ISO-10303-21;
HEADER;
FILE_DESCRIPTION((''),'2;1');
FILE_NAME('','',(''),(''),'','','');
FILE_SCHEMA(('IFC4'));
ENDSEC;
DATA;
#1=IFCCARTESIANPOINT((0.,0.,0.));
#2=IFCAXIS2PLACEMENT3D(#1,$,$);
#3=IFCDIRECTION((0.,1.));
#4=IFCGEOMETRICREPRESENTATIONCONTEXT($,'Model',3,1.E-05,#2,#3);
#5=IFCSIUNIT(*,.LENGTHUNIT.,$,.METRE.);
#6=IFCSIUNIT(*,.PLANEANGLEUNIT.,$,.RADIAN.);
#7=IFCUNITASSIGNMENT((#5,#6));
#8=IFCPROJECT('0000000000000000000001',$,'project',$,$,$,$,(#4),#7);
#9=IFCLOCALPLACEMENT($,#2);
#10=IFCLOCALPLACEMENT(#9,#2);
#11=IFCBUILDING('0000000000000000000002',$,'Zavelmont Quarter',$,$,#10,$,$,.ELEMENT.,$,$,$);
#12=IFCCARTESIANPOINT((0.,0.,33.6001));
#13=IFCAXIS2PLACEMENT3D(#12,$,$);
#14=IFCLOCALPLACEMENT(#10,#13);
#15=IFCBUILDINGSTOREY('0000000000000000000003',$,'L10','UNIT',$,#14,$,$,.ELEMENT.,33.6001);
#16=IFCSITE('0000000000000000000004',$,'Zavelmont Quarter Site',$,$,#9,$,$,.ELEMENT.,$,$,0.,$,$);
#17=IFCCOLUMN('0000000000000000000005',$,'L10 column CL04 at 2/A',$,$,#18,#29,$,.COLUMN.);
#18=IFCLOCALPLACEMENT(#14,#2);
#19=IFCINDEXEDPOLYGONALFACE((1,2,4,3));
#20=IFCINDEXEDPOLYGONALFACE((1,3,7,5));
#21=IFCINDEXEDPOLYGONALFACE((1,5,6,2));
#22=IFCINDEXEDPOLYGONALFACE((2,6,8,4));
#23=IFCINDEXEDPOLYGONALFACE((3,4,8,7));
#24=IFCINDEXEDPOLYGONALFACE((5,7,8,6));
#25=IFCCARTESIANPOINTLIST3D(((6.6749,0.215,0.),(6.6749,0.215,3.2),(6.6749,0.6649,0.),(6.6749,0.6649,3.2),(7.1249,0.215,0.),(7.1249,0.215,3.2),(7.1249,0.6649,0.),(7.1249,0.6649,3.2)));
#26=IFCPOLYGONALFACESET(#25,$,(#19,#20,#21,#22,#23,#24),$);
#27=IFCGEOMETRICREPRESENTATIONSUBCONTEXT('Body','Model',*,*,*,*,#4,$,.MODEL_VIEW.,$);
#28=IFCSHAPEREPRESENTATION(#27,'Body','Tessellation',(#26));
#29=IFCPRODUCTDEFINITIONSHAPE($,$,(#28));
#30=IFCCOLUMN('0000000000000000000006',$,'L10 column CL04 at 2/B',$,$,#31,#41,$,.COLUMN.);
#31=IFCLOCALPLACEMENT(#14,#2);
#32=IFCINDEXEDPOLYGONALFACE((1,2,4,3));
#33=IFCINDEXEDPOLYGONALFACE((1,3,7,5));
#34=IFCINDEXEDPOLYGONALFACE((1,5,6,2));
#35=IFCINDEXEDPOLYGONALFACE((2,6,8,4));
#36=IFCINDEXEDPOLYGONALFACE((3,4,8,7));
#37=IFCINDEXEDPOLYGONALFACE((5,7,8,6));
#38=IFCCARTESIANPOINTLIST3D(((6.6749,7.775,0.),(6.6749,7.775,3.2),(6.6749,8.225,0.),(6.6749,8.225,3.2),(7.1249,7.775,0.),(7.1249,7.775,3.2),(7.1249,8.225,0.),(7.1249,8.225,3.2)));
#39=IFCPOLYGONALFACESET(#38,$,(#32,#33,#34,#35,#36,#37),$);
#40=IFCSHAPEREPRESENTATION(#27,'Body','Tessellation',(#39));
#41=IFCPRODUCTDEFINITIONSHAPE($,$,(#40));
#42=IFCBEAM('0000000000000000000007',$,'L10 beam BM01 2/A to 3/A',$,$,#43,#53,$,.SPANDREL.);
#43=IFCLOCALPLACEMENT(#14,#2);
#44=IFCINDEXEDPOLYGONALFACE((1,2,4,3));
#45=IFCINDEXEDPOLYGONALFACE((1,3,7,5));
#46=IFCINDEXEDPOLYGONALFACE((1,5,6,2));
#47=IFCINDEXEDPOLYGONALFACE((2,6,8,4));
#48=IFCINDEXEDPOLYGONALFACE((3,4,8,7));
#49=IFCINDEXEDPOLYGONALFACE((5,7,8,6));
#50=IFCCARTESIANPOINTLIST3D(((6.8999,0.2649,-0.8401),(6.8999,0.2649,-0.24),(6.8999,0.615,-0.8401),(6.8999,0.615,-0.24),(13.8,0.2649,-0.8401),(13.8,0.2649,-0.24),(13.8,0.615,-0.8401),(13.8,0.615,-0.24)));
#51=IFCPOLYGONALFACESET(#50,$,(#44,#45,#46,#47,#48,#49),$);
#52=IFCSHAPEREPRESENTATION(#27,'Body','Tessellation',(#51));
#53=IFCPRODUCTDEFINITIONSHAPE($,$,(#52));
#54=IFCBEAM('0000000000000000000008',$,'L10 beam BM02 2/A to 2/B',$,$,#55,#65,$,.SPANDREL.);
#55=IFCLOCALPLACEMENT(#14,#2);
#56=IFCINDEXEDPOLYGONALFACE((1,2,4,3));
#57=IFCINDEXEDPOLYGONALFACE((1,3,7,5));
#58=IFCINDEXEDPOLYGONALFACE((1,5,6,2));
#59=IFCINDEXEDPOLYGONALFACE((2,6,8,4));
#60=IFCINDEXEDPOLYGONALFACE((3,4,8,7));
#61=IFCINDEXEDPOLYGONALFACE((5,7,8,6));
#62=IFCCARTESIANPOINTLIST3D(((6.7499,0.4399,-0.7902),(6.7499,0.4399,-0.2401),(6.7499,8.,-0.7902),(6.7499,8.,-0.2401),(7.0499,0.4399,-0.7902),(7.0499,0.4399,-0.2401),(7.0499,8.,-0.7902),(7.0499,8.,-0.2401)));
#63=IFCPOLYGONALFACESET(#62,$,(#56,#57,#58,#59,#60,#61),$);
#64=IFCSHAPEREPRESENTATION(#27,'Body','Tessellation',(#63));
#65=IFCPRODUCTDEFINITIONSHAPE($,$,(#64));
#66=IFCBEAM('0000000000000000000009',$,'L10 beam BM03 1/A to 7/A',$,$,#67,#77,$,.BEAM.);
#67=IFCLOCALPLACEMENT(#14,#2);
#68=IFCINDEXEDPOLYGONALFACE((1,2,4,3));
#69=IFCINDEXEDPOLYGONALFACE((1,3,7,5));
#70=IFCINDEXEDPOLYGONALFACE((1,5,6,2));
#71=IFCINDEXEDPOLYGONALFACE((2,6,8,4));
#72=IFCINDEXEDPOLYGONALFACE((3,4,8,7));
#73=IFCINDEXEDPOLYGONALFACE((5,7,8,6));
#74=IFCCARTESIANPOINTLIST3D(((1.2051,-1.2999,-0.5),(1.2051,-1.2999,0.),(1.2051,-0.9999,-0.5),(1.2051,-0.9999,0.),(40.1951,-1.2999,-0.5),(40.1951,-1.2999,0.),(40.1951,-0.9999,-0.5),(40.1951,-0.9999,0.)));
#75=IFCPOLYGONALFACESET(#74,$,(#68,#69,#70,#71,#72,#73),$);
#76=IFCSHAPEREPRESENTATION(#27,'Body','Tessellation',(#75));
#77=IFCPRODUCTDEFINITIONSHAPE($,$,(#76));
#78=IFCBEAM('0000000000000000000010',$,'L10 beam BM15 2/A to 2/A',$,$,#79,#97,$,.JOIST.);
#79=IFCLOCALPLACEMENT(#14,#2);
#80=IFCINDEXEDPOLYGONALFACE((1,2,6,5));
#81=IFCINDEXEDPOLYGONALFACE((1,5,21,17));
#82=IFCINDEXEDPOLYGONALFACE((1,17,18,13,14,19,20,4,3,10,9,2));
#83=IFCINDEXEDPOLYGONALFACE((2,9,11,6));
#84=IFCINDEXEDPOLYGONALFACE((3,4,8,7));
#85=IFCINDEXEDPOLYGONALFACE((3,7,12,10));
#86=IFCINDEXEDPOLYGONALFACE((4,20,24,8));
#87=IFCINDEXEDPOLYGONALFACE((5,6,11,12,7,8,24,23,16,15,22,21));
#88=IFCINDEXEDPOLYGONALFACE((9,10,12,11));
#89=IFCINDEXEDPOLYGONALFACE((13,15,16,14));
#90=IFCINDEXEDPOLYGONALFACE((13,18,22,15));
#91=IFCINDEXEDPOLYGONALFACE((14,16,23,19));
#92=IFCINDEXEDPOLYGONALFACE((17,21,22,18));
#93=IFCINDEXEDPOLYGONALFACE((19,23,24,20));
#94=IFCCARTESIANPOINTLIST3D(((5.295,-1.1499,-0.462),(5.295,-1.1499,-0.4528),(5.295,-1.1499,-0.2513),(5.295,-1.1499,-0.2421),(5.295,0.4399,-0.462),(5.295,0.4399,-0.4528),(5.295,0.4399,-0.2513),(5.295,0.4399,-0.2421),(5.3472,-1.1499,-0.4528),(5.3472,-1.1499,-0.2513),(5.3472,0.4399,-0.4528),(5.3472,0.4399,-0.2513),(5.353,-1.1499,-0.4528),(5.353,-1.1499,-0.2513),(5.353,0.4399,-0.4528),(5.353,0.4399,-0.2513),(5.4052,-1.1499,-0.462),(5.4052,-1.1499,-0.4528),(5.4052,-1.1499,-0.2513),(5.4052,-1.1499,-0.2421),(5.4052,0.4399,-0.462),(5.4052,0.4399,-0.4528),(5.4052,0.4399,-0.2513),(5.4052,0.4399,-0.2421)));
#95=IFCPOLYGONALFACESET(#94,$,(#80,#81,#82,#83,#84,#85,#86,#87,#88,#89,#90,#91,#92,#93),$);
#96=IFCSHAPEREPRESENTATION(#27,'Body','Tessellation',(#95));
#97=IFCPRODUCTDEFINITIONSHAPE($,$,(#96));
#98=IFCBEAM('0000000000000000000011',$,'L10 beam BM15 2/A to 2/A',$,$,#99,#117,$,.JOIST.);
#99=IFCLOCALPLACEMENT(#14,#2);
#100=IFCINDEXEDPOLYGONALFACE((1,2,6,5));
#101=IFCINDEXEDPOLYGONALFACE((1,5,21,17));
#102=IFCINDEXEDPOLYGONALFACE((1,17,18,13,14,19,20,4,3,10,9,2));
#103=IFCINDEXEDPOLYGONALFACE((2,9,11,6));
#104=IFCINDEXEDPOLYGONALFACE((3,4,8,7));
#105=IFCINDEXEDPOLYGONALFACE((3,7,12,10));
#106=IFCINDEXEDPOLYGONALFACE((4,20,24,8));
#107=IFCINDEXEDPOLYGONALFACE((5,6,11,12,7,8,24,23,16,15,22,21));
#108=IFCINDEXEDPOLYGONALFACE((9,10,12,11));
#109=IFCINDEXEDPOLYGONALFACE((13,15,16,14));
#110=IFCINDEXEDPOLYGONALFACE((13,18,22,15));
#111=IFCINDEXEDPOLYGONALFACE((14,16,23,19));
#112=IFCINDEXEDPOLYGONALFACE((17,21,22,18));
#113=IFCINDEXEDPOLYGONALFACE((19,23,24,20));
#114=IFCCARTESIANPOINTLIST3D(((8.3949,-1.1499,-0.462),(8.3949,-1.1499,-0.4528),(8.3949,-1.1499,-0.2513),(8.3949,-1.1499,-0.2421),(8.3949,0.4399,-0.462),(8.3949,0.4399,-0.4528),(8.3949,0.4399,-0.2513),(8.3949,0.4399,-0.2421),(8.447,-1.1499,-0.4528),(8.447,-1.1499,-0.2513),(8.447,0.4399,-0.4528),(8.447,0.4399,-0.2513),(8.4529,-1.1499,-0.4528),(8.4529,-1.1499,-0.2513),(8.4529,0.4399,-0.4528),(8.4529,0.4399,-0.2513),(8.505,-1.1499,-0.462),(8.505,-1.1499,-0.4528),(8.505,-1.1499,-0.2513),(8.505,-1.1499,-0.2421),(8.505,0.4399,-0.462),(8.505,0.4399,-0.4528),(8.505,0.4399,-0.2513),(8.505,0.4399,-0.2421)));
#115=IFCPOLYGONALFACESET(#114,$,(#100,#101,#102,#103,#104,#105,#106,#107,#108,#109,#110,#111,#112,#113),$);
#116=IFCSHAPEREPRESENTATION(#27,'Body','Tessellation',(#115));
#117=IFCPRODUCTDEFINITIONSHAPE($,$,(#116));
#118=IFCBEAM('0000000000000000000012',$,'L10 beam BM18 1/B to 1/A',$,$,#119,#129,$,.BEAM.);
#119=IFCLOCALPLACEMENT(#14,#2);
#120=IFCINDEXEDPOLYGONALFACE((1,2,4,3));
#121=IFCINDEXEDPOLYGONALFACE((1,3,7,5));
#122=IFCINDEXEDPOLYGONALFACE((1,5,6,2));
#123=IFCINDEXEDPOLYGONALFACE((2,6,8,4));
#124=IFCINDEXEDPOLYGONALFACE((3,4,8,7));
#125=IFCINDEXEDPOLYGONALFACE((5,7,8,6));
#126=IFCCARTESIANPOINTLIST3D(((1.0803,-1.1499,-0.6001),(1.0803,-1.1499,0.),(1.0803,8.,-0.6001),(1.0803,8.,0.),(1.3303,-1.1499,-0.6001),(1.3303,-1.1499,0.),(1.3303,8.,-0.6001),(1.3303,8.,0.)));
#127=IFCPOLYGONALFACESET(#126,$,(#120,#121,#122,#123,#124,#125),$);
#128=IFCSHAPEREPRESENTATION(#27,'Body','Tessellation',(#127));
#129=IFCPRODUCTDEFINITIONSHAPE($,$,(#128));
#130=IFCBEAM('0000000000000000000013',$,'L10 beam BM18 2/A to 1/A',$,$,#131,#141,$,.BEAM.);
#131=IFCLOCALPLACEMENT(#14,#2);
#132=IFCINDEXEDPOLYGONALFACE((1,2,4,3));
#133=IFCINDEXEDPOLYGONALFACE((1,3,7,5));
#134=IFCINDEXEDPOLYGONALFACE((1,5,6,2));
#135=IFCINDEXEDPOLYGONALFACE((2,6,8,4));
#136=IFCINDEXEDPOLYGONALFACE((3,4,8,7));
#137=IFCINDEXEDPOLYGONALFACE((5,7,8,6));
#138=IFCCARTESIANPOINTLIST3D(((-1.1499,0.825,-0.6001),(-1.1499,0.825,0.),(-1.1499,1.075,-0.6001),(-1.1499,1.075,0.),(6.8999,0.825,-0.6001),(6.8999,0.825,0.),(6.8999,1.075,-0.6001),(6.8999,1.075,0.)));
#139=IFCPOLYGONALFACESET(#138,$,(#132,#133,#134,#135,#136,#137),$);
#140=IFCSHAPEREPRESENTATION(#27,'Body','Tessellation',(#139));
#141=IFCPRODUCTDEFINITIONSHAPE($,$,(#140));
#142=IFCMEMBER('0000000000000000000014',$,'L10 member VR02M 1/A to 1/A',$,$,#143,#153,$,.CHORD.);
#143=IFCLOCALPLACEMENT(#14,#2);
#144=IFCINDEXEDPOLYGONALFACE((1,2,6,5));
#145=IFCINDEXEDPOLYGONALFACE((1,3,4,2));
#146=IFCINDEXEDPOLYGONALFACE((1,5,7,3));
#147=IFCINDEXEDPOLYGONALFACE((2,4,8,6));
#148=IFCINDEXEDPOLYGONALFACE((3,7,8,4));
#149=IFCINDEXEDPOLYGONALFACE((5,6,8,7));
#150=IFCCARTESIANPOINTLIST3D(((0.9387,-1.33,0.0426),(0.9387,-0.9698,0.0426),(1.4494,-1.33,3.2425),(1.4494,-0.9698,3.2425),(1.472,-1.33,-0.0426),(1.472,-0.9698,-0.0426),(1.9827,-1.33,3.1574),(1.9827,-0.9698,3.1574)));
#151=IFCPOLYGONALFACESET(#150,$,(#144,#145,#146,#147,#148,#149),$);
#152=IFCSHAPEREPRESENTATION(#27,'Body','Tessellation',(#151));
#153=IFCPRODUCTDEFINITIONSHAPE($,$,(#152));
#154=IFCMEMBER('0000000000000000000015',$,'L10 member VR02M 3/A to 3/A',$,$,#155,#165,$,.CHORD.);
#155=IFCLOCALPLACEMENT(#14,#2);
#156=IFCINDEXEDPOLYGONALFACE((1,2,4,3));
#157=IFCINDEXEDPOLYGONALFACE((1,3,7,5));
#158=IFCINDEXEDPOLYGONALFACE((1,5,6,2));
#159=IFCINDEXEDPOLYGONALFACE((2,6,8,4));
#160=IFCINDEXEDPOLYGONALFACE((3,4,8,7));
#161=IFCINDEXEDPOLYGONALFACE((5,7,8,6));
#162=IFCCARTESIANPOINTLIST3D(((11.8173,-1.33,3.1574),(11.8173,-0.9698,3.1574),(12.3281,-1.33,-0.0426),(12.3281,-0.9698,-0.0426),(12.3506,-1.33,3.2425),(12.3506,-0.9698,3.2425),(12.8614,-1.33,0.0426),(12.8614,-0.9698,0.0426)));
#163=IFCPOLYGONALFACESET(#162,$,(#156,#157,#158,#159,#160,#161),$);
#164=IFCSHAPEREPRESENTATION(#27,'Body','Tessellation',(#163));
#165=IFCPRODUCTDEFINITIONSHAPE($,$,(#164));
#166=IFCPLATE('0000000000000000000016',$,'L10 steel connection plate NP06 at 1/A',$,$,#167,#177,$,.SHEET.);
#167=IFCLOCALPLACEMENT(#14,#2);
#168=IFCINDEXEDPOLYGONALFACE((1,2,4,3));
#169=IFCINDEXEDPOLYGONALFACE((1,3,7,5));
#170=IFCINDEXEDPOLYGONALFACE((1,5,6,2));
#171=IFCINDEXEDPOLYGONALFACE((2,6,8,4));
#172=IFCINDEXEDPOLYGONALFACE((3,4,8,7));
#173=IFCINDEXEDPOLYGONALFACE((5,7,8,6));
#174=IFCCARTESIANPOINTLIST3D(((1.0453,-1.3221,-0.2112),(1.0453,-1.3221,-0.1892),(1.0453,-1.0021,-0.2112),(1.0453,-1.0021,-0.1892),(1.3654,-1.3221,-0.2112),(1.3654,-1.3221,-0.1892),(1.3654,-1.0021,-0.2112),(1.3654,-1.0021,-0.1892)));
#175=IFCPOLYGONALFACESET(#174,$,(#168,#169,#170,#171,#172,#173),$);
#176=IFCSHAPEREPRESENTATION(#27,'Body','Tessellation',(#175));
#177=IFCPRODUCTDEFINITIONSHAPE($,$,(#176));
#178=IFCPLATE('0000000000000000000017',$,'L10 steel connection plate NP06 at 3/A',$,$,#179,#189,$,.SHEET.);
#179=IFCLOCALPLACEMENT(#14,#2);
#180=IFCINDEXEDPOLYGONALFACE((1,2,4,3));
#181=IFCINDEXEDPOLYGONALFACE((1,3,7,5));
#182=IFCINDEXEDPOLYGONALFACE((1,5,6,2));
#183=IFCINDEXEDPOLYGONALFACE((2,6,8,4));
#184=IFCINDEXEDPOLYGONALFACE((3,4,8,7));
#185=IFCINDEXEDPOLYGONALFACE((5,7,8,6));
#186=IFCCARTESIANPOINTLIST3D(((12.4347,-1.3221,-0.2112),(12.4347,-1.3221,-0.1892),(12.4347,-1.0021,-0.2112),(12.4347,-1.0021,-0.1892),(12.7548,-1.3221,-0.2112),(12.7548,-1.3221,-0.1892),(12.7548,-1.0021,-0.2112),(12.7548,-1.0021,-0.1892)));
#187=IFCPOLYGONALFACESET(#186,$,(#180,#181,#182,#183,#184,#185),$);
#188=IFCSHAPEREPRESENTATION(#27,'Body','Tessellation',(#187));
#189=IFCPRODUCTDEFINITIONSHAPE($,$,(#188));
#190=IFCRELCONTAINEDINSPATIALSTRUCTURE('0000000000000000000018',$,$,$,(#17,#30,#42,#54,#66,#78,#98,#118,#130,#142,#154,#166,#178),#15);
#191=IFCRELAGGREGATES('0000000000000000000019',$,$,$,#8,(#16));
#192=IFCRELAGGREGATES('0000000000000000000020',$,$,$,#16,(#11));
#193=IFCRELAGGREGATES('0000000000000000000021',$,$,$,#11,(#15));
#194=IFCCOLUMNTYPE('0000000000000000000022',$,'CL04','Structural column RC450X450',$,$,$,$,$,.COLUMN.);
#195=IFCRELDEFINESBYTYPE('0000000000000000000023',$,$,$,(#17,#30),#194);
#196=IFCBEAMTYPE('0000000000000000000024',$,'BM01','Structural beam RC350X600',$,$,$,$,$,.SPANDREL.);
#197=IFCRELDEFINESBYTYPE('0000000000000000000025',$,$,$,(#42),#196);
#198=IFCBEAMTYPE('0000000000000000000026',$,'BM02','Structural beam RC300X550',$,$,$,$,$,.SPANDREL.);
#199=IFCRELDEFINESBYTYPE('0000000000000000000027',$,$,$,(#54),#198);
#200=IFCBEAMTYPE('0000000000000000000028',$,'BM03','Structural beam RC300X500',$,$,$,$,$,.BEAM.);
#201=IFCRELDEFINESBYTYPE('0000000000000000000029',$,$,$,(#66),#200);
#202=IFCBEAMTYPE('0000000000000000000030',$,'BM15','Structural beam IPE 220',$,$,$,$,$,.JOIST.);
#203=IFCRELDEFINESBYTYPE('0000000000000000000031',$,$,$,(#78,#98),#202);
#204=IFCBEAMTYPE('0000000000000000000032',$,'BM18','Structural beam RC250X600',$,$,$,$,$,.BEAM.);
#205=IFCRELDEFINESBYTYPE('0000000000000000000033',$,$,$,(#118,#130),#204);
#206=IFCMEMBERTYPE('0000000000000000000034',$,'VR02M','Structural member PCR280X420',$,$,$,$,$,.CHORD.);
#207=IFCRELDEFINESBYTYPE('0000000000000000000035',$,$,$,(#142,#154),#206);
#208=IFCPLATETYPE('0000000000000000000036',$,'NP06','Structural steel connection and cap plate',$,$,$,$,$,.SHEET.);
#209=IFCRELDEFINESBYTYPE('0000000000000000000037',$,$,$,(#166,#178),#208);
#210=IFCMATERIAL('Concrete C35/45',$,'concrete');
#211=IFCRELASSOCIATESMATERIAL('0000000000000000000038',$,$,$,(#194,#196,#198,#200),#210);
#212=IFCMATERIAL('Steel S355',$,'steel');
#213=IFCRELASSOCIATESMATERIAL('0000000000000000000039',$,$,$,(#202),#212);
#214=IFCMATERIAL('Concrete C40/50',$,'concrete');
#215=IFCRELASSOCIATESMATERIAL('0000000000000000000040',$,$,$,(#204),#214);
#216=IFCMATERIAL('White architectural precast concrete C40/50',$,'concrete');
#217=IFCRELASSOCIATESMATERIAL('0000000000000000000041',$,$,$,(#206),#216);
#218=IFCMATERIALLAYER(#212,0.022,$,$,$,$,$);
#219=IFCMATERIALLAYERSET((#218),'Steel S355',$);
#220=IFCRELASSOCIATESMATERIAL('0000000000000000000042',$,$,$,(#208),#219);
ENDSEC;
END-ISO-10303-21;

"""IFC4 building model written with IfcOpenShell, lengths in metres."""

from ifc_helpers import new_model, si_unit, direction, frame, origin, origin_2d, place, context, subcontext, project, spatial, rectangle, i_section, extrude, material, layer, layer_set, material_profile, profile_set, type_object, element, save


model = new_model("IFC4")

# Units and contexts
model_context = context("Model", 3, precision=1e-05, world=origin(), true_north=direction((0.0, 1.0)))
body_context = subcontext(model_context, "Body", "Model", "MODEL_VIEW")
ifc_project = project(units=[si_unit("LENGTHUNIT", "METRE"), si_unit("PLANEANGLEUNIT", "RADIAN")], contexts=[model_context])

# Site, building, storey
site_placement = place(None, origin())
site = spatial("IfcSite", under=ifc_project, at=site_placement, Name="Zavelmont Quarter Site", CompositionType="ELEMENT", RefElevation=0.0)
building_placement = place(site_placement, origin())
building = spatial("IfcBuilding", under=site, at=building_placement, Name="Zavelmont Quarter", CompositionType="ELEMENT")
storey_placement = place(building_placement, frame((0.0, 0.0, 33.6001)))
storey = spatial("IfcBuildingStorey", under=building, at=storey_placement, Name="L10", Description="UNIT", CompositionType="ELEMENT", Elevation=33.6001)

# Columns
ifc_material_1 = material(Name="Concrete C35/45", Category="concrete")
ifc_material_profile_1 = material_profile(ifc_material_1, rectangle(XDim=0.45, YDim=0.45, at=origin_2d()), Name="RC450X450")
ifc_profile_set_1 = profile_set([ifc_material_profile_1], Name="Concrete C35/45")
column_type = type_object("IfcColumnType", Name="CL04", Description="Structural column RC450X450", PredefinedType="COLUMN", material=ifc_profile_set_1)
for number, where, z_axis, x_axis, name in (
    (1, (6.8999, 0.4399, 0.0), (0.0, 0.0, 1.0), (1.0, 0.0, 0.0), "L10 column CL04 at 2/A"),
    (2, (6.8999, 8.0, 0.0), (0.0, 0.0, 1.0), (1.0, 0.0, 0.0), "L10 column CL04 at 2/B"),
):
    element("IfcColumn", number, at=place(storey_placement, frame(where, z_axis=z_axis, x_axis=x_axis)), inside=storey, type_object=column_type, Name=name, PredefinedType="COLUMN", context=body_context, shape_type="SweptSolid", body=[
        extrude(rectangle(XDim=0.45, YDim=0.45, at=origin_2d()), origin(), (0.0, 0.0, 1.0), 3.2),
    ])

# Beams
ifc_material_profile_2 = material_profile(ifc_material_1, rectangle(XDim=0.3501, YDim=0.6001, at=origin_2d()), Name="RC350X600")
ifc_profile_set_2 = profile_set([ifc_material_profile_2], Name="Concrete C35/45")
beam_type_1 = type_object("IfcBeamType", Name="BM01", Description="Structural beam RC350X600", PredefinedType="SPANDREL", material=ifc_profile_set_2)
beam_1_placement = place(storey_placement, frame((6.8999, 0.4399, -0.54), z_axis=(1.0, 0.0, 0.0), x_axis=(0.0, 1.0, 0.0)))
element("IfcBeam", 3, at=beam_1_placement, inside=storey, type_object=beam_type_1, Name="L10 beam BM01 2/A to 3/A", PredefinedType="SPANDREL", context=body_context, shape_type="SweptSolid", body=[
    extrude(rectangle(XDim=0.3501, YDim=0.6001, at=origin_2d()), origin(), (0.0, 0.0, 1.0), 6.9001),
])
ifc_material_profile_3 = material_profile(ifc_material_1, rectangle(XDim=0.3, YDim=0.55, at=origin_2d()), Name="RC300X550")
ifc_profile_set_3 = profile_set([ifc_material_profile_3], Name="Concrete C35/45")
beam_type_2 = type_object("IfcBeamType", Name="BM02", Description="Structural beam RC300X550", PredefinedType="SPANDREL", material=ifc_profile_set_3)
beam_2_placement = place(storey_placement, frame((6.8999, 0.4399, -0.5151), z_axis=(0.0, 1.0, 0.0), x_axis=(-1.0, 0.0, 0.0)))
element("IfcBeam", 4, at=beam_2_placement, inside=storey, type_object=beam_type_2, Name="L10 beam BM02 2/A to 2/B", PredefinedType="SPANDREL", context=body_context, shape_type="SweptSolid", body=[
    extrude(rectangle(XDim=0.3, YDim=0.55, at=origin_2d()), origin(), (0.0, 0.0, 1.0), 7.5601),
])
ifc_material_profile_4 = material_profile(ifc_material_1, rectangle(XDim=0.3, YDim=0.5, at=origin_2d()), Name="RC300X500")
ifc_profile_set_4 = profile_set([ifc_material_profile_4], Name="Concrete C35/45")
beam_type_3 = type_object("IfcBeamType", Name="BM03", Description="Structural beam RC300X500", PredefinedType="BEAM", material=ifc_profile_set_4)
beam_3_placement = place(storey_placement, frame((1.2051, -1.1499, -0.25), z_axis=(1.0, 0.0, 0.0), x_axis=(0.0, 1.0, 0.0)))
element("IfcBeam", 5, at=beam_3_placement, inside=storey, type_object=beam_type_3, Name="L10 beam BM03 1/A to 7/A", PredefinedType="BEAM", context=body_context, shape_type="SweptSolid", body=[
    extrude(rectangle(XDim=0.3, YDim=0.5, at=origin_2d()), origin(), (0.0, 0.0, 1.0), 38.99),
])
ifc_material_2 = material(Name="Steel S355", Category="steel")
ifc_material_profile_5 = material_profile(ifc_material_2, i_section(OverallWidth=0.1101, OverallDepth=0.22, WebThickness=0.0059, FlangeThickness=0.0093, at=origin_2d()), Name="IPE 220")
ifc_profile_set_5 = profile_set([ifc_material_profile_5], Name="Steel S355")
beam_type_4 = type_object("IfcBeamType", Name="BM15", Description="Structural beam IPE 220", PredefinedType="JOIST", material=ifc_profile_set_5)
for number, where, z_axis, x_axis, name in (
    (6, (5.3501, 0.4399, -0.3521), (0.0, -1.0, 0.0), (1.0, 0.0, 0.0), "L10 beam BM15 2/A to 2/A"),
    (7, (8.45, 0.4399, -0.3521), (0.0, -1.0, 0.0), (1.0, 0.0, 0.0), "L10 beam BM15 2/A to 2/A"),
):
    element("IfcBeam", number, at=place(storey_placement, frame(where, z_axis=z_axis, x_axis=x_axis)), inside=storey, type_object=beam_type_4, Name=name, PredefinedType="JOIST", context=body_context, shape_type="SweptSolid", body=[
        extrude(i_section(OverallWidth=0.1101, OverallDepth=0.22, WebThickness=0.0059, FlangeThickness=0.0093, at=origin_2d()), origin(), (0.0, 0.0, 1.0), 1.5898),
    ])
ifc_material_3 = material(Name="Concrete C40/50", Category="concrete")
ifc_material_profile_6 = material_profile(ifc_material_3, rectangle(XDim=0.25, YDim=0.6001, at=origin_2d()), Name="RC250X600")
ifc_profile_set_6 = profile_set([ifc_material_profile_6], Name="Concrete C40/50")
beam_type_5 = type_object("IfcBeamType", Name="BM18", Description="Structural beam RC250X600", PredefinedType="BEAM", material=ifc_profile_set_6)
beam_4_placement = place(storey_placement, frame((1.2053, 8.0, -0.3), z_axis=(0.0, -1.0, 0.0), x_axis=(1.0, 0.0, 0.0)))
element("IfcBeam", 8, at=beam_4_placement, inside=storey, type_object=beam_type_5, Name="L10 beam BM18 1/B to 1/A", PredefinedType="BEAM", context=body_context, shape_type="SweptSolid", body=[
    extrude(rectangle(XDim=0.25, YDim=0.6001, at=origin_2d()), origin(), (0.0, 0.0, 1.0), 9.1499),
])
beam_5_placement = place(storey_placement, frame((6.8999, 0.95, -0.3), z_axis=(-1.0, 0.0, 0.0), x_axis=(0.0, -1.0, 0.0)))
element("IfcBeam", 9, at=beam_5_placement, inside=storey, type_object=beam_type_5, Name="L10 beam BM18 2/A to 1/A", PredefinedType="BEAM", context=body_context, shape_type="SweptSolid", body=[
    extrude(rectangle(XDim=0.25, YDim=0.6001, at=origin_2d()), origin(), (0.0, 0.0, 1.0), 8.0498),
])

# Members
ifc_material_4 = material(Name="White architectural precast concrete C40/50", Category="concrete")
ifc_material_profile_7 = material_profile(ifc_material_4, rectangle(XDim=0.3601, YDim=0.54, at=origin_2d()), Name="PCR280X420")
ifc_profile_set_7 = profile_set([ifc_material_profile_7], Name="White architectural precast concrete C40/50")
member_type = type_object("IfcMemberType", Name="VR02M", Description="Structural member PCR280X420", PredefinedType="CHORD", material=ifc_profile_set_7)
for number, where, z_axis, x_axis, name in (
    (10, (1.2053, -1.1499, 0.0), (0.157614, 0.0, 0.987501), (0.0, 1.0, 0.0), "L10 member VR02M 1/A to 1/A"),
    (11, (12.5947, -1.1499, 0.0), (-0.157614, 0.0, 0.987501), (0.0, -1.0, 0.0), "L10 member VR02M 3/A to 3/A"),
):
    element("IfcMember", number, at=place(storey_placement, frame(where, z_axis=z_axis, x_axis=x_axis)), inside=storey, type_object=member_type, Name=name, PredefinedType="CHORD", context=body_context, shape_type="SweptSolid", body=[
        extrude(rectangle(XDim=0.3601, YDim=0.54, at=origin_2d()), origin(), (0.0, 0.0, 1.0), 3.2405),
    ])

# Plates
ifc_layer_1 = layer(ifc_material_2, 0.022)
ifc_layer_set_1 = layer_set([ifc_layer_1], Name="Steel S355")
plate_type = type_object("IfcPlateType", Name="NP06", Description="Structural steel connection and cap plate", PredefinedType="SHEET", material=ifc_layer_set_1)
for number, where, z_axis, x_axis, name in (
    (12, (1.2053, -1.1621, -0.2112), (0.0, 0.0, 1.0), (1.0, 0.0, 0.0), "L10 steel connection plate NP06 at 1/A"),
    (13, (12.5947, -1.1621, -0.2112), (0.0, 0.0, 1.0), (1.0, 0.0, 0.0), "L10 steel connection plate NP06 at 3/A"),
):
    element("IfcPlate", number, at=place(storey_placement, frame(where, z_axis=z_axis, x_axis=x_axis)), inside=storey, type_object=plate_type, Name=name, PredefinedType="SHEET", context=body_context, shape_type="SweptSolid", body=[
        extrude(rectangle(XDim=0.3201, YDim=0.3201, at=origin_2d()), origin(), (0.0, 0.0, 1.0), 0.022),
    ])

save(model, "model.ifc")
